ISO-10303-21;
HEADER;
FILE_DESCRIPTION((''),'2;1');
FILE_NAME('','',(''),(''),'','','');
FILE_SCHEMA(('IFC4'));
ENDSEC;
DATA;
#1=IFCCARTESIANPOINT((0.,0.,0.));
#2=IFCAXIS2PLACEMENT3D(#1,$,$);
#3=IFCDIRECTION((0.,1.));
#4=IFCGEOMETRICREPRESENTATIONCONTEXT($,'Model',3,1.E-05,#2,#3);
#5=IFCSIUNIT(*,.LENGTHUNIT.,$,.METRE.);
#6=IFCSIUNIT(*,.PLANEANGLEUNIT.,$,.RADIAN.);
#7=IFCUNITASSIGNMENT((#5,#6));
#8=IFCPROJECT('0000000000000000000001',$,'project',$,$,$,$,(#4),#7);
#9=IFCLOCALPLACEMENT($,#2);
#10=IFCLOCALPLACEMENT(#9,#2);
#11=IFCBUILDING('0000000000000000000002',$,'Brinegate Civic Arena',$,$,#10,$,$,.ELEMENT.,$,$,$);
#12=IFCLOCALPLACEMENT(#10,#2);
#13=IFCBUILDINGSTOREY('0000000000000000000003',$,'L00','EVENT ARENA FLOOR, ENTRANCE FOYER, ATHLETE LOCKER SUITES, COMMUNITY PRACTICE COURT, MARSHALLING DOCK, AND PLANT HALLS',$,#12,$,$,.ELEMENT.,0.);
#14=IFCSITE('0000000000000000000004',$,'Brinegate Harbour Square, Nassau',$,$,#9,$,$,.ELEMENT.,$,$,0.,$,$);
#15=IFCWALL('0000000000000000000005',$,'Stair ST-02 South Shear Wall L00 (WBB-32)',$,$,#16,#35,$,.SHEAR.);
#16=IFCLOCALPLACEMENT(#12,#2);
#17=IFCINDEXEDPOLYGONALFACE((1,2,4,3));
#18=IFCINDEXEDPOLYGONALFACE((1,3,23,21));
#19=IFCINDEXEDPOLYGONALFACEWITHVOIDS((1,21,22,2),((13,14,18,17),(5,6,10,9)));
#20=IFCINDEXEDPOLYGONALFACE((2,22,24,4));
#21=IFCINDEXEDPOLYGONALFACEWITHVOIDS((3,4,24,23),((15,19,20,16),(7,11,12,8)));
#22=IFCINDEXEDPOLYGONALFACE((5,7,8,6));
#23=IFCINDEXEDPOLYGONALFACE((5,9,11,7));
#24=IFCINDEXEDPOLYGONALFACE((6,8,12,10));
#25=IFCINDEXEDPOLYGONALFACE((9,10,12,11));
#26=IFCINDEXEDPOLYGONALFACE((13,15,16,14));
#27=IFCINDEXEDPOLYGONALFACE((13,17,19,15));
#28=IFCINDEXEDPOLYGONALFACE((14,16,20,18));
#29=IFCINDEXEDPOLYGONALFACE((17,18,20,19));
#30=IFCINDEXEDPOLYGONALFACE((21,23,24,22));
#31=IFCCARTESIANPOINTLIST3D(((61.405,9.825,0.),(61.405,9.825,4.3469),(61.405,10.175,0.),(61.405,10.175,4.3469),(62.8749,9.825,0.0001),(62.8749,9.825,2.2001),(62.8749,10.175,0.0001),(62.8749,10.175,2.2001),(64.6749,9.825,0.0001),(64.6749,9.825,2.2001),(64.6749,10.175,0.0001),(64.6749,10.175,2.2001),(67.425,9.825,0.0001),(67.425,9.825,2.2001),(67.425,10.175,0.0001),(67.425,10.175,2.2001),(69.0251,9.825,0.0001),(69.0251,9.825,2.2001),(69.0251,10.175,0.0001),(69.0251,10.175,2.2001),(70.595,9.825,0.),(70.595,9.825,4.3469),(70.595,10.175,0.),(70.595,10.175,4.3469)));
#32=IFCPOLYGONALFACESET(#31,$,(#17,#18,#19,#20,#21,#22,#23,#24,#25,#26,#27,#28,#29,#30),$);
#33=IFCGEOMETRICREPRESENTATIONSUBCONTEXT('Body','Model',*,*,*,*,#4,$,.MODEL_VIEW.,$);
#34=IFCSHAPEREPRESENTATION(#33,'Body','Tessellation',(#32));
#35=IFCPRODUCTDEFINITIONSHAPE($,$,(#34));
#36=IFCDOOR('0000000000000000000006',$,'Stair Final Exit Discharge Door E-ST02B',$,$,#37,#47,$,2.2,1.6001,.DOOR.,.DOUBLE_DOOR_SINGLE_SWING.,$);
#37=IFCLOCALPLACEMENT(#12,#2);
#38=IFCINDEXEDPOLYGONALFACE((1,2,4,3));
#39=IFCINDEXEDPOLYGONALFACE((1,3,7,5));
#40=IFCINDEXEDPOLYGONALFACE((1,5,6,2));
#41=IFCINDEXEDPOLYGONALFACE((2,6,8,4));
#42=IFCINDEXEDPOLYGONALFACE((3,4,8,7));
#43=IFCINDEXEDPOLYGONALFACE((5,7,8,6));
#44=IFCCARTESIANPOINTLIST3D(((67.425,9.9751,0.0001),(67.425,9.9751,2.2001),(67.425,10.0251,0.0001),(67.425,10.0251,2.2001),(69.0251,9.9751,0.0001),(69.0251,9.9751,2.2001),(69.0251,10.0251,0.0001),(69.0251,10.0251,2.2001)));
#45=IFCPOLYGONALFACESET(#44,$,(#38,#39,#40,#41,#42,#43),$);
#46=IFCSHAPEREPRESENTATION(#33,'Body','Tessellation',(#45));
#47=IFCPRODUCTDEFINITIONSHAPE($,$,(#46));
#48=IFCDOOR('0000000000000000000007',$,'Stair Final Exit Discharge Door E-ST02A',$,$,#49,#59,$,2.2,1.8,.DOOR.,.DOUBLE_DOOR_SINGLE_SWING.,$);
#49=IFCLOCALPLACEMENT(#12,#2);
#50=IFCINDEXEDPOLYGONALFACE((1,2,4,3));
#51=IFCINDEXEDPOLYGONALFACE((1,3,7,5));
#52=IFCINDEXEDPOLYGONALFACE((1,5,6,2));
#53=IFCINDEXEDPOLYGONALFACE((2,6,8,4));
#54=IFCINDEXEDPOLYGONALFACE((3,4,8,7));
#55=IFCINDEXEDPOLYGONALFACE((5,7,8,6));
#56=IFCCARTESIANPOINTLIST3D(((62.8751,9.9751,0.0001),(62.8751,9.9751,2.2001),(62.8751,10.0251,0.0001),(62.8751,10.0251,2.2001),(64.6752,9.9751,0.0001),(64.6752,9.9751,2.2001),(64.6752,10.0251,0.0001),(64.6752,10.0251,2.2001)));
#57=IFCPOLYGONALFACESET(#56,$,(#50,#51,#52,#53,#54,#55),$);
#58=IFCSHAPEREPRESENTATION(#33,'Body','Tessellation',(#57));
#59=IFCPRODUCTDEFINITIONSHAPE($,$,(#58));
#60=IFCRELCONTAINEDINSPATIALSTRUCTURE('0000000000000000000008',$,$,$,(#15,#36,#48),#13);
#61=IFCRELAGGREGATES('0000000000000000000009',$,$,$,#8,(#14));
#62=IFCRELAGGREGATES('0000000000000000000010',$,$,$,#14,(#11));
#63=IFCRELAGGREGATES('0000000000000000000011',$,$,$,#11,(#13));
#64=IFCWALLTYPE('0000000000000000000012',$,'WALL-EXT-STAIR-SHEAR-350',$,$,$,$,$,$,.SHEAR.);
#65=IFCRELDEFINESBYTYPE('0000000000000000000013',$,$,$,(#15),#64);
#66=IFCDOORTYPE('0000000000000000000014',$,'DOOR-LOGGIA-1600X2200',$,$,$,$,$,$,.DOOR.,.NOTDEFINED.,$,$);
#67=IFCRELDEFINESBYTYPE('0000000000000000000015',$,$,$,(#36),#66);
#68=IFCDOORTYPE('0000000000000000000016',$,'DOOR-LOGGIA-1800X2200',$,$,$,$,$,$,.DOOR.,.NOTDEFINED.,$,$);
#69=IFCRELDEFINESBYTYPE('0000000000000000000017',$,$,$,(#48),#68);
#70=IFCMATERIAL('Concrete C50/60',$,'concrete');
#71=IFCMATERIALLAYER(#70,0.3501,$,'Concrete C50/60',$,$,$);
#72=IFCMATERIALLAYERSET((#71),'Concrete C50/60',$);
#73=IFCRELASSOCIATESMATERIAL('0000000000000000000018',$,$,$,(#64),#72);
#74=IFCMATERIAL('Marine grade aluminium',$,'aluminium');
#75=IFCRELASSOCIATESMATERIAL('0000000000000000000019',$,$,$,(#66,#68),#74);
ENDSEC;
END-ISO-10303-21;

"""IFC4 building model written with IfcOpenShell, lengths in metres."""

from ifc_helpers import new_model, si_unit, direction, frame, frame_2d, origin, place, context, subcontext, project, spatial, rectangle, extrude, material, layer, layer_set, type_object, element, fill, save


model = new_model("IFC4")

# Units and contexts
model_context = context("Model", 3, precision=1e-05, world=origin(), true_north=direction((0.0, 1.0)))
body_context = subcontext(model_context, "Body", "Model", "MODEL_VIEW")
ifc_project = project(units=[si_unit("LENGTHUNIT", "METRE"), si_unit("PLANEANGLEUNIT", "RADIAN")], contexts=[model_context])

# Site, building, storey
site_placement = place(None, origin())
site = spatial("IfcSite", under=ifc_project, at=site_placement, Name="Brinegate Harbour Square, Nassau", CompositionType="ELEMENT", RefElevation=0.0)
building_placement = place(site_placement, origin())
building = spatial("IfcBuilding", under=site, at=building_placement, Name="Brinegate Civic Arena", CompositionType="ELEMENT")
storey_placement = place(building_placement, origin())
storey = spatial("IfcBuildingStorey", under=building, at=storey_placement, Name="L00", Description="EVENT ARENA FLOOR, ENTRANCE FOYER, ATHLETE LOCKER SUITES, COMMUNITY PRACTICE COURT, MARSHALLING DOCK, AND PLANT HALLS", CompositionType="ELEMENT", Elevation=0.0)

# Shared definitions
ifc_material_1 = material(Name="Concrete C50/60", Category="concrete")

# Wall, openings, doors
ifc_material_2 = material(Name="Marine grade aluminium", Category="aluminium")
ifc_layer_1 = layer(ifc_material_1, 0.3501, Name="Concrete C50/60")
ifc_layer_set_1 = layer_set([ifc_layer_1], Name="Concrete C50/60")
wall_type_1 = type_object("IfcWallType", Name="WALL-EXT-STAIR-SHEAR-350", PredefinedType="SHEAR", material=ifc_layer_set_1)
wall_1_placement = place(storey_placement, frame((61.405, 10.0, 0.0), z_axis=(0.0, 0.0, 1.0), x_axis=(1.0, 0.0, 0.0)))
wall_1 = element("IfcWall", 1, at=wall_1_placement, inside=storey, type_object=wall_type_1, Name="Stair ST-02 South Shear Wall L00 (WBB-32)", PredefinedType="SHEAR", context=body_context, shape_type="SweptSolid", body=[
    extrude(rectangle(XDim=9.1899, YDim=0.3501, at=frame_2d((4.595, 0.0))), origin(), (0.0, 0.0, 1.0), 4.3469),
])
opening_1_placement = place(wall_1_placement, frame((1.47, 0.0, 0.0)))
opening_1 = element("IfcOpeningElement", 2, at=opening_1_placement, cuts=wall_1, PredefinedType="OPENING", context=body_context, shape_type="SweptSolid", body=[
    extrude(rectangle(XDim=1.8, YDim=2.2, at=frame_2d((0.8999, 1.1001))), frame((0.0, 0.1851, 0.0), z_axis=(0.0, -1.0, 0.0), x_axis=(1.0, 0.0, 0.0)), (0.0, 0.0, 1.0), 0.3701),
])
opening_2_placement = place(wall_1_placement, frame((6.02, 0.0, 0.0)))
opening_2 = element("IfcOpeningElement", 3, at=opening_2_placement, cuts=wall_1, PredefinedType="OPENING", context=body_context, shape_type="SweptSolid", body=[
    extrude(rectangle(XDim=1.6001, YDim=2.2, at=frame_2d((0.8, 1.1001))), frame((0.0, 0.1851, 0.0), z_axis=(0.0, -1.0, 0.0), x_axis=(1.0, 0.0, 0.0)), (0.0, 0.0, 1.0), 0.3701),
])
door_type_1 = type_object("IfcDoorType", Name="DOOR-LOGGIA-1600X2200", OperationType="NOTDEFINED", PredefinedType="DOOR", material=ifc_material_2)
door_1_placement = place(opening_2_placement, frame((1.6001, 0.0, 0.0), z_axis=(0.0, 0.0, 1.0), x_axis=(-1.0, 0.0, 0.0)))
door_1 = element("IfcDoor", 4, at=door_1_placement, inside=storey, type_object=door_type_1, Name="Stair Final Exit Discharge Door E-ST02B", OperationType="DOUBLE_DOOR_SINGLE_SWING", OverallHeight=2.2, OverallWidth=1.6001, PredefinedType="DOOR", context=body_context, shape_type="SweptSolid", body=[
    extrude(rectangle(XDim=1.6001, YDim=2.2, at=frame_2d((0.8, 1.1001))), frame((0.0, 0.0249, 0.0), z_axis=(0.0, -1.0, 0.0), x_axis=(1.0, 0.0, 0.0)), (0.0, 0.0, 1.0), 0.05),
])
fill(opening_2, door_1)
door_type_2 = type_object("IfcDoorType", Name="DOOR-LOGGIA-1800X2200", OperationType="NOTDEFINED", PredefinedType="DOOR", material=ifc_material_2)
door_2_placement = place(opening_1_placement, frame((1.8, 0.0, 0.0), z_axis=(0.0, 0.0, 1.0), x_axis=(-1.0, 0.0, 0.0)))
door_2 = element("IfcDoor", 5, at=door_2_placement, inside=storey, type_object=door_type_2, Name="Stair Final Exit Discharge Door E-ST02A", OperationType="DOUBLE_DOOR_SINGLE_SWING", OverallHeight=2.2, OverallWidth=1.8, PredefinedType="DOOR", context=body_context, shape_type="SweptSolid", body=[
    extrude(rectangle(XDim=1.8, YDim=2.2, at=frame_2d((0.8999, 1.1001))), frame((0.0, 0.0249, 0.0), z_axis=(0.0, -1.0, 0.0), x_axis=(1.0, 0.0, 0.0)), (0.0, 0.0, 1.0), 0.05),
])
fill(opening_1, door_2)

save(model, "model.ifc")
